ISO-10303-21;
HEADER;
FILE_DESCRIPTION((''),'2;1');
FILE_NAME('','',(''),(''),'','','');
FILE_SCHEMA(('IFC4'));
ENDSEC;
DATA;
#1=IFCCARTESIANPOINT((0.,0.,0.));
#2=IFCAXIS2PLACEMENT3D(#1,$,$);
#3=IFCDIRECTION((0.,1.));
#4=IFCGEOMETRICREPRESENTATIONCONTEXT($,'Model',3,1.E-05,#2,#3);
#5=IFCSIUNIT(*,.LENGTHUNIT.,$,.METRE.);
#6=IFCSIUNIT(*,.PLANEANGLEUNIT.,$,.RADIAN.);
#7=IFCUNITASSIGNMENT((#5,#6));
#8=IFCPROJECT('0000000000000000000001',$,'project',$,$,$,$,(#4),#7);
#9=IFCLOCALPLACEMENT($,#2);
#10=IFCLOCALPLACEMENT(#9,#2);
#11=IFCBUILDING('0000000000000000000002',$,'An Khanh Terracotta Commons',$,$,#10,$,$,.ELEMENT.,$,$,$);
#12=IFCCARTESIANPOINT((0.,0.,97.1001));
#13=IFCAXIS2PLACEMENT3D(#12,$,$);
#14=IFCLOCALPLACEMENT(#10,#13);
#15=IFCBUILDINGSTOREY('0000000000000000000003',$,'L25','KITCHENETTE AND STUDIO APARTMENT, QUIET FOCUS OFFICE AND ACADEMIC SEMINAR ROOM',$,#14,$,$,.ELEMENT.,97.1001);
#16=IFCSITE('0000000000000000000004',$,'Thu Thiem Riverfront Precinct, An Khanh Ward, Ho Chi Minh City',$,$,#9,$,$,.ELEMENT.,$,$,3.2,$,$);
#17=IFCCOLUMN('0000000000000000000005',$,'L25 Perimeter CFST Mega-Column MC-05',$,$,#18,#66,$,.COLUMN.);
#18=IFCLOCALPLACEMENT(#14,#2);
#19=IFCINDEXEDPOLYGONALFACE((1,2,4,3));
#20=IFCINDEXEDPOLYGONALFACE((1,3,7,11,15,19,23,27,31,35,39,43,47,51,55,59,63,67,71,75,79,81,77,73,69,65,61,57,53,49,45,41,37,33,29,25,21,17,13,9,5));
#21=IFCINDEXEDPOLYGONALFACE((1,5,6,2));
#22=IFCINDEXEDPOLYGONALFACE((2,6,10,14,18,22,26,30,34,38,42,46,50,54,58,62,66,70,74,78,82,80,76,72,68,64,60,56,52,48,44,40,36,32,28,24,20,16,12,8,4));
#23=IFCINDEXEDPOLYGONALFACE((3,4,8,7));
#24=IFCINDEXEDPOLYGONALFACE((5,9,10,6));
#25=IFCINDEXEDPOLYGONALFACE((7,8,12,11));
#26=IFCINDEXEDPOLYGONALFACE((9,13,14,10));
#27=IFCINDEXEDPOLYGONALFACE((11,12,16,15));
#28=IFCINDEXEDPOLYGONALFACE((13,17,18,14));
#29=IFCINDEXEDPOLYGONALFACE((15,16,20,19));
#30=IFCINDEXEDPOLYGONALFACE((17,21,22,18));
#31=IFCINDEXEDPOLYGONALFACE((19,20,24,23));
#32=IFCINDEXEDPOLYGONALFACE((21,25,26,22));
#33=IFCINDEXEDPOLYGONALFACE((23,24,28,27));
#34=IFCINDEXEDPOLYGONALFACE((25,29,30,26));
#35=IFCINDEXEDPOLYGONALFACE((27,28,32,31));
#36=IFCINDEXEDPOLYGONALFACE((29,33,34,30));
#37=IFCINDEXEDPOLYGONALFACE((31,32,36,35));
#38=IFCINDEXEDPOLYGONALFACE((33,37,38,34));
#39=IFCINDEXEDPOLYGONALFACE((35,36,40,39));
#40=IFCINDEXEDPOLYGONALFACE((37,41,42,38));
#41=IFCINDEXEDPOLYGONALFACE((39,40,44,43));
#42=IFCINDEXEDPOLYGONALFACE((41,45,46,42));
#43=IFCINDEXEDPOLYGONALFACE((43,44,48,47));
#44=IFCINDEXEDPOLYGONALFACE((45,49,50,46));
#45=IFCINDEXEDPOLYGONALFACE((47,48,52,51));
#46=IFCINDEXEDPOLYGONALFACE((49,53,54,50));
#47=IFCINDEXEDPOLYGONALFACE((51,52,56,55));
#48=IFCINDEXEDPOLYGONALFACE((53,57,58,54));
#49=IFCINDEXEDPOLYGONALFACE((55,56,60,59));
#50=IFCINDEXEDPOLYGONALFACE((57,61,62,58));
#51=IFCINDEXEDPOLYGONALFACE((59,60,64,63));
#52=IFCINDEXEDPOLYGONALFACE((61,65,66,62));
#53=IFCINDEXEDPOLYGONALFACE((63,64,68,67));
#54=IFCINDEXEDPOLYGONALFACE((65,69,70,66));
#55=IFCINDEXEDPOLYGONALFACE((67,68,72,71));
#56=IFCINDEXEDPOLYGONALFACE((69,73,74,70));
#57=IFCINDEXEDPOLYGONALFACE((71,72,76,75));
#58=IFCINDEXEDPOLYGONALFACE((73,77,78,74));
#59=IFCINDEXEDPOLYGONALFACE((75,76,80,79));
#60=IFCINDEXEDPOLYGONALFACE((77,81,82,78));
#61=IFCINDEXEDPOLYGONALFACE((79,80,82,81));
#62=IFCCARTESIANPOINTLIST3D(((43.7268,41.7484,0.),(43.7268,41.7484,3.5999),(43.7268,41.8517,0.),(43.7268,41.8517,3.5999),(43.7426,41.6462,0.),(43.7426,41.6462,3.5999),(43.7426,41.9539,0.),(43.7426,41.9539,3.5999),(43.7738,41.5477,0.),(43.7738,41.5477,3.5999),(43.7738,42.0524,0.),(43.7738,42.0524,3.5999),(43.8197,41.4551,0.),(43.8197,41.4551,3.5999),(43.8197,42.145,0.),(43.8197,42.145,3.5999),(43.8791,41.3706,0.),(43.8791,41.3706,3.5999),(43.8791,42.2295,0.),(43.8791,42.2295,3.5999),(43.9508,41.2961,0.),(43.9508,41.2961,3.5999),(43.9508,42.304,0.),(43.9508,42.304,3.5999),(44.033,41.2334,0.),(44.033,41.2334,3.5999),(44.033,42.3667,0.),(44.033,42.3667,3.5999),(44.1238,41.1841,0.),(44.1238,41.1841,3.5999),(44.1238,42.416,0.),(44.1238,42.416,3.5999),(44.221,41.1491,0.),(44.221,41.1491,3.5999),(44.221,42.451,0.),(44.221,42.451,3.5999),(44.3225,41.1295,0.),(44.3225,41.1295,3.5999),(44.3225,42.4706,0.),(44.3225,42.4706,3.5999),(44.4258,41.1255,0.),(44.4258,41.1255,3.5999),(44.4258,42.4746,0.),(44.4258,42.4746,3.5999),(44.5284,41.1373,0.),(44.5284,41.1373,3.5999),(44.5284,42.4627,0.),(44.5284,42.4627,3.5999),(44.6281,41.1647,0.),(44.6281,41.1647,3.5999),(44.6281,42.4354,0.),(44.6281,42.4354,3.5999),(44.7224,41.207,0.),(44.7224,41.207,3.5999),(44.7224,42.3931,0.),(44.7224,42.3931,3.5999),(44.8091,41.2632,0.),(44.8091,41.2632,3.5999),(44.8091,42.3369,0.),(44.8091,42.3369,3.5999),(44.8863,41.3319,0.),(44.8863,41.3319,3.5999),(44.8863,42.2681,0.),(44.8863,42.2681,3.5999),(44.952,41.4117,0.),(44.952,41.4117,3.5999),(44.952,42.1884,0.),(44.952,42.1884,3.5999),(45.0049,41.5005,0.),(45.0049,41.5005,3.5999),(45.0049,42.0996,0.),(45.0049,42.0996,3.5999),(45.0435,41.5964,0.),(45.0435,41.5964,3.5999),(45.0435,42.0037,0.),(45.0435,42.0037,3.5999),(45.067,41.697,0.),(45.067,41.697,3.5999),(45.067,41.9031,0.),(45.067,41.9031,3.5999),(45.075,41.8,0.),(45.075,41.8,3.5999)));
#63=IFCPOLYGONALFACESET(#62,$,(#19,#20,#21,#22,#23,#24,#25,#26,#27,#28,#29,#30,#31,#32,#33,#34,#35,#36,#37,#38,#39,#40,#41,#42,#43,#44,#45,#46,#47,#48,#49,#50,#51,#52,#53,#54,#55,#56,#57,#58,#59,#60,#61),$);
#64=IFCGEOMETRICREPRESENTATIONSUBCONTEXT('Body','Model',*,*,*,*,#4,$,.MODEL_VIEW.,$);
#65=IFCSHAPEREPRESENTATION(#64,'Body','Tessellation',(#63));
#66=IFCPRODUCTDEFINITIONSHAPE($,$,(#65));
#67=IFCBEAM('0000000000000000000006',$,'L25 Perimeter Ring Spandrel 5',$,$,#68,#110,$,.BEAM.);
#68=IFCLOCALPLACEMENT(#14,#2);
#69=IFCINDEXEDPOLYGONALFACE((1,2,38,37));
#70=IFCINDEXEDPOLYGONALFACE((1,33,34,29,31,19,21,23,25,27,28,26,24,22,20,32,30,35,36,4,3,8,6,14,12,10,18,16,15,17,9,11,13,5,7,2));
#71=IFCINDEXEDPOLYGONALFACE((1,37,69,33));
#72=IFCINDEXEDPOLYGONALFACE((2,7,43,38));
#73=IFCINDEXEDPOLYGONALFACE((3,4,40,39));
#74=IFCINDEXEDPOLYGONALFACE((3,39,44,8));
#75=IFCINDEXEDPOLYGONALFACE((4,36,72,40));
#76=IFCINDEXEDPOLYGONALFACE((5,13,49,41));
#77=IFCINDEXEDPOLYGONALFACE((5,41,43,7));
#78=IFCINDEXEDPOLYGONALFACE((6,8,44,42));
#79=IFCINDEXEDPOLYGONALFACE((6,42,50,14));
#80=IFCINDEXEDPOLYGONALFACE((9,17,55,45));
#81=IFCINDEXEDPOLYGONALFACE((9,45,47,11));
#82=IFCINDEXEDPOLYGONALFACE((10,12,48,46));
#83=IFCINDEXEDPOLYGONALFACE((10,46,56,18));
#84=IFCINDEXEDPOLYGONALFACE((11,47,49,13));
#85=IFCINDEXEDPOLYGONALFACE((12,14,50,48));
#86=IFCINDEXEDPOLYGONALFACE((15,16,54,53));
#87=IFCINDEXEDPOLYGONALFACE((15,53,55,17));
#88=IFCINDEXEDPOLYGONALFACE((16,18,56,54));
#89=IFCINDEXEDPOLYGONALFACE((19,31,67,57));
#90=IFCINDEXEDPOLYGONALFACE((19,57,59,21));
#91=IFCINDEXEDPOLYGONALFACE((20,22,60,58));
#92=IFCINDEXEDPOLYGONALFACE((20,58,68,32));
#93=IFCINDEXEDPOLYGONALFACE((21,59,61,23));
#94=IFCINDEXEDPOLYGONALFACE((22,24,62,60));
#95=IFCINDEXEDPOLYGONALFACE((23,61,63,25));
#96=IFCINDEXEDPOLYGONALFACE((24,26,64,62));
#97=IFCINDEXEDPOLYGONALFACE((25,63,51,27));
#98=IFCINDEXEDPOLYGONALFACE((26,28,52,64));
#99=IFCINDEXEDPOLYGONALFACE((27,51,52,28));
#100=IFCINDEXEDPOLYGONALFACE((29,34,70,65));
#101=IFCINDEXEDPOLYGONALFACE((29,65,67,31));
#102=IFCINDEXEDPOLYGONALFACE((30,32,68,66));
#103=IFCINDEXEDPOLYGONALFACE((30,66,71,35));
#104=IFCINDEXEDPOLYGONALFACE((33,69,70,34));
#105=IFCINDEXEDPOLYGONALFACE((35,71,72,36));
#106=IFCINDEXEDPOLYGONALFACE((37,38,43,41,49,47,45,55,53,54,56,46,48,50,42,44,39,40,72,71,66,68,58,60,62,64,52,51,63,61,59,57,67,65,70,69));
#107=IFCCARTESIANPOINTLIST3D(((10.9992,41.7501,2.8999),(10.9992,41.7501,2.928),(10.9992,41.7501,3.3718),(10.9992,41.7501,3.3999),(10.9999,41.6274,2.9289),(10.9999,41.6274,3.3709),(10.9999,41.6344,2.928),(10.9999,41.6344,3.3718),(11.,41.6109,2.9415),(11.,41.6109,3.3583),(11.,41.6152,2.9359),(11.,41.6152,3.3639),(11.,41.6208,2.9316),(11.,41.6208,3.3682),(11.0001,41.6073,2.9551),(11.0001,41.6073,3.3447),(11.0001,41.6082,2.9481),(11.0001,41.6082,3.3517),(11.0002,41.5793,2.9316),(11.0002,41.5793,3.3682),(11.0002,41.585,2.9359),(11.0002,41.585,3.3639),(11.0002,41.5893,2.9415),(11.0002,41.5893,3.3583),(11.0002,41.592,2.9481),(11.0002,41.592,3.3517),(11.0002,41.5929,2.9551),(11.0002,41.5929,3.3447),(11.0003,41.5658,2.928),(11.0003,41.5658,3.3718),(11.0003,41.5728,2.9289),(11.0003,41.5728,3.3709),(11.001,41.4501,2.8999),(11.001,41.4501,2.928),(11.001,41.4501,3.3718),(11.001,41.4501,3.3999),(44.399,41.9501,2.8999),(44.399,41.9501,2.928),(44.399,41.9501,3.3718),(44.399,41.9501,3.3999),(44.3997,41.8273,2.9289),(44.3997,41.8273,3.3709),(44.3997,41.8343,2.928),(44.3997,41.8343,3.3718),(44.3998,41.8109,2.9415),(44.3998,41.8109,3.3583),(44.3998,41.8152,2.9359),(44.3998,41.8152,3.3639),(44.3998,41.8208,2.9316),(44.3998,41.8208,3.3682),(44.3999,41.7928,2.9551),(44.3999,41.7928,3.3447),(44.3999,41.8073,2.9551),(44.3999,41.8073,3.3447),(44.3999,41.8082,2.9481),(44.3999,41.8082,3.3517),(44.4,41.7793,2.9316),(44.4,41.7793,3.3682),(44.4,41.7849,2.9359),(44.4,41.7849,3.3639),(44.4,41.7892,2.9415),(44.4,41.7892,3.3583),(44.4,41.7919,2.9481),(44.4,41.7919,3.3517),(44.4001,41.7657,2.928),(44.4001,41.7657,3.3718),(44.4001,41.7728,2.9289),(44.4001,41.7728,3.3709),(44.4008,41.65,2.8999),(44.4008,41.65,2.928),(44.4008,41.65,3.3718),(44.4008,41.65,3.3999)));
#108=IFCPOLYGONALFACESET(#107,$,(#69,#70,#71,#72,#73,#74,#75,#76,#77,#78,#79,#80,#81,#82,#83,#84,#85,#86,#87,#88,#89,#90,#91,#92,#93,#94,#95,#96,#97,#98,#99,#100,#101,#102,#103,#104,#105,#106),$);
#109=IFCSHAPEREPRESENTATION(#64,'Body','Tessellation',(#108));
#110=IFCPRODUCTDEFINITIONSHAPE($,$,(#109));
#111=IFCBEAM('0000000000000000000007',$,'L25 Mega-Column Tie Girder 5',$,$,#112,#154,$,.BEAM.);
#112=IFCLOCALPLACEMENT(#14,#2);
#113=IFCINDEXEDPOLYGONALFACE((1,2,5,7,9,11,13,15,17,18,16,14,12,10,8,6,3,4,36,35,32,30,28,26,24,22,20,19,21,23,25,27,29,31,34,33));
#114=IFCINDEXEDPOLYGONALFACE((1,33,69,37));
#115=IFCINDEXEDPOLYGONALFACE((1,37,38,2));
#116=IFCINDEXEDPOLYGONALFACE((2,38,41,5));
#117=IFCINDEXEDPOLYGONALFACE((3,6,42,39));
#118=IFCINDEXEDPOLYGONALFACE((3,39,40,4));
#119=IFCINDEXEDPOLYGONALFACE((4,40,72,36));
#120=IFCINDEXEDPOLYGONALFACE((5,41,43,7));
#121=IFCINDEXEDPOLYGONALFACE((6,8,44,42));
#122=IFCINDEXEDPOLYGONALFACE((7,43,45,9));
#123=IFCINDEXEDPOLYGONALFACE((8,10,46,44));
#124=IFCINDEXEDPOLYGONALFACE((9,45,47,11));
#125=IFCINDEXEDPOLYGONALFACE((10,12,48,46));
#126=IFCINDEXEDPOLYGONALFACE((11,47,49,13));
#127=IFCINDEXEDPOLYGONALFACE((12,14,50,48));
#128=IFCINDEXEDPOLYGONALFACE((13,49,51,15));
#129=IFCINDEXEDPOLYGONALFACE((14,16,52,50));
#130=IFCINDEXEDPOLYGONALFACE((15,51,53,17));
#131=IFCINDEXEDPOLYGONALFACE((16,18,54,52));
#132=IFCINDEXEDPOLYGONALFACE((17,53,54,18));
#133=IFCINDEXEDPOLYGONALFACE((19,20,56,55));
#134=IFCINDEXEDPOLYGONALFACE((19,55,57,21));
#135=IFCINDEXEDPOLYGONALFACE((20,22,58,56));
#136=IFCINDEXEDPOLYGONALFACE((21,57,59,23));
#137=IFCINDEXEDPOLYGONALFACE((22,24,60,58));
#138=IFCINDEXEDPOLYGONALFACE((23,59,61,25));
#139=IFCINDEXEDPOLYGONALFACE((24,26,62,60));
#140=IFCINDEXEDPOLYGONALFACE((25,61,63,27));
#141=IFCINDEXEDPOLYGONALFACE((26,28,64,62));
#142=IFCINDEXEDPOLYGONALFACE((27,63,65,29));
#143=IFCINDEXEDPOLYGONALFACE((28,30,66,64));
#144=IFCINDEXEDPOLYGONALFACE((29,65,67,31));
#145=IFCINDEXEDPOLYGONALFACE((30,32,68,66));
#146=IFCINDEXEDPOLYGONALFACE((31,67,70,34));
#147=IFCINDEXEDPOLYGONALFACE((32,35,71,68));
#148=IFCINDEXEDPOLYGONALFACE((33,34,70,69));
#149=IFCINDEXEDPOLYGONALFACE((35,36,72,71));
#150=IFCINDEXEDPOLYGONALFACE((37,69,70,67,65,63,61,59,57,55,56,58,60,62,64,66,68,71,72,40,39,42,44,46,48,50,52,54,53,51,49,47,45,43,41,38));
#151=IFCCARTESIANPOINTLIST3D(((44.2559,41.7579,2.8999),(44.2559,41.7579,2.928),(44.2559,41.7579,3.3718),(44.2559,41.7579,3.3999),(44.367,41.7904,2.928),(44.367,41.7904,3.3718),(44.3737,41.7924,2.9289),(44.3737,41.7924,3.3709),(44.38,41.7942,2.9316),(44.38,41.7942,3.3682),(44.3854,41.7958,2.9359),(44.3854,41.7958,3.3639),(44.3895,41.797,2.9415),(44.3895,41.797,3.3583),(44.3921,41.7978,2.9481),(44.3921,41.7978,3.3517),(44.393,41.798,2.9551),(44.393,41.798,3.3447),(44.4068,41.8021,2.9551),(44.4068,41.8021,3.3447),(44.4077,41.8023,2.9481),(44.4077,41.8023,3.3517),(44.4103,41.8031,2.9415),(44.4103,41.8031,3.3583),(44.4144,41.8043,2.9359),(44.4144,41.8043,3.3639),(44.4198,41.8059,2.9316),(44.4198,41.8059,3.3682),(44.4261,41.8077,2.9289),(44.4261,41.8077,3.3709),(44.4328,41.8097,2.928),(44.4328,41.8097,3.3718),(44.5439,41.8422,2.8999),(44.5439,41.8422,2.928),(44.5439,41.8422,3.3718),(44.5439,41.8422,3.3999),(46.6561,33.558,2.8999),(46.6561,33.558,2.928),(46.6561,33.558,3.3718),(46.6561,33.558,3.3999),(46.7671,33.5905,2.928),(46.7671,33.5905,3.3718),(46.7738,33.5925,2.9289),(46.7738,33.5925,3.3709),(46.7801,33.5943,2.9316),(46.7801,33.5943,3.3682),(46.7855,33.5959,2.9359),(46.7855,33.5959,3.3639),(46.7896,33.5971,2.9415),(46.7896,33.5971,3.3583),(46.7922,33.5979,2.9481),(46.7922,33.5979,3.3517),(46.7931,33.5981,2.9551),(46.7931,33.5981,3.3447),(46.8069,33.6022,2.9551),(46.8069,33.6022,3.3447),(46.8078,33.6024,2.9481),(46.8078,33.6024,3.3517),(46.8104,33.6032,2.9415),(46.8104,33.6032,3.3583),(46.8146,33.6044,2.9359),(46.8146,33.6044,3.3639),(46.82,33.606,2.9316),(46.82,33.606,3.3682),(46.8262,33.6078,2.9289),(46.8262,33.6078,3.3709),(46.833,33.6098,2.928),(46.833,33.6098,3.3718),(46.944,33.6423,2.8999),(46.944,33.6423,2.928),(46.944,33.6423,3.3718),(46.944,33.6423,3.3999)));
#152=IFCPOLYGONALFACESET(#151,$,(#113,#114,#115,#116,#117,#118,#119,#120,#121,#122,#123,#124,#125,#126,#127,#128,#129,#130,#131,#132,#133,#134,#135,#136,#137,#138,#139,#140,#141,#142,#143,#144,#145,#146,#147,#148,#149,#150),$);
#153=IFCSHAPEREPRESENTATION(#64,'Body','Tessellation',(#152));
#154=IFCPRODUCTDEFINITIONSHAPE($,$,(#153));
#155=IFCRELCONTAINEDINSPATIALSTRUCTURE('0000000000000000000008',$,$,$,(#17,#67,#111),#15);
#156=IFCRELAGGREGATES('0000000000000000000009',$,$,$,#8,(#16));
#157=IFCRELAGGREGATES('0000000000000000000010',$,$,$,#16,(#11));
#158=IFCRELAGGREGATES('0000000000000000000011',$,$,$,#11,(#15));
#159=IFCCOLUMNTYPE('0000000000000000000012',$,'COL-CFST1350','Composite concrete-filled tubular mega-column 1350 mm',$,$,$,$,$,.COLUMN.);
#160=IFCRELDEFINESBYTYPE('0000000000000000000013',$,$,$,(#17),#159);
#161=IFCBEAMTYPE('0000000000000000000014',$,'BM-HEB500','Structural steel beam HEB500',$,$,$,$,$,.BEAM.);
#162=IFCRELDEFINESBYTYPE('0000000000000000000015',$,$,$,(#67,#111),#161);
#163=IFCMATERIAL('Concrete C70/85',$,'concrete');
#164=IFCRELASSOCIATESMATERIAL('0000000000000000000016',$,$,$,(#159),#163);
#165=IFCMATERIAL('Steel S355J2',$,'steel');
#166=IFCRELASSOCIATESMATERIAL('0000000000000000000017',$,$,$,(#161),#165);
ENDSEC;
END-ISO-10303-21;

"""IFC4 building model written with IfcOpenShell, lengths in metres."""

from ifc_helpers import new_model, si_unit, direction, frame, origin, origin_2d, place, context, subcontext, project, spatial, circle, i_section, extrude, material, material_profile, profile_set, type_object, element, save


model = new_model("IFC4")

# Units and contexts
model_context = context("Model", 3, precision=1e-05, world=origin(), true_north=direction((0.0, 1.0)))
body_context = subcontext(model_context, "Body", "Model", "MODEL_VIEW")
ifc_project = project(units=[si_unit("LENGTHUNIT", "METRE"), si_unit("PLANEANGLEUNIT", "RADIAN")], contexts=[model_context])

# Site, building, storey
site_placement = place(None, origin())
site = spatial("IfcSite", under=ifc_project, at=site_placement, Name="Thu Thiem Riverfront Precinct, An Khanh Ward, Ho Chi Minh City", CompositionType="ELEMENT", RefElevation=3.2)
building_placement = place(site_placement, origin())
building = spatial("IfcBuilding", under=site, at=building_placement, Name="An Khanh Terracotta Commons", CompositionType="ELEMENT")
storey_placement = place(building_placement, frame((0.0, 0.0, 97.1001)))
storey = spatial("IfcBuildingStorey", under=building, at=storey_placement, Name="L25", Description="KITCHENETTE AND STUDIO APARTMENT, QUIET FOCUS OFFICE AND ACADEMIC SEMINAR ROOM", CompositionType="ELEMENT", Elevation=97.1001)

# Column
ifc_material_1 = material(Name="Concrete C70/85", Category="concrete")
ifc_material_profile_1 = material_profile(ifc_material_1, circle(Radius=0.675, at=origin_2d()), Name="CFST1350")
ifc_profile_set_1 = profile_set([ifc_material_profile_1], Name="Concrete C70/85")
column_type = type_object("IfcColumnType", Name="COL-CFST1350", Description="Composite concrete-filled tubular mega-column 1350 mm", PredefinedType="COLUMN", material=ifc_profile_set_1)
column_placement = place(storey_placement, frame((44.3999, 41.8, 0.0), z_axis=(0.0, 0.0, 1.0), x_axis=(1.0, 0.0, 0.0)))
element("IfcColumn", 1, at=column_placement, inside=storey, type_object=column_type, Name="L25 Perimeter CFST Mega-Column MC-05", PredefinedType="COLUMN", context=body_context, shape_type="SweptSolid", body=[
    extrude(circle(Radius=0.675, at=origin_2d()), origin(), (0.0, 0.0, 1.0), 3.5999),
])

# Beams
ifc_material_2 = material(Name="Steel S355J2", Category="steel")
ifc_material_profile_2 = material_profile(ifc_material_2, i_section(OverallWidth=0.3, OverallDepth=0.5, WebThickness=0.0144, FlangeThickness=0.0281, FilletRadius=0.0271, at=origin_2d()), Name="HEB500")
ifc_profile_set_2 = profile_set([ifc_material_profile_2], Name="Steel S355J2")
beam_type = type_object("IfcBeamType", Name="BM-HEB500", Description="Structural steel beam HEB500", PredefinedType="BEAM", material=ifc_profile_set_2)
beam_1_placement = place(storey_placement, frame((44.3999, 41.8, 3.1499), z_axis=(-0.999982, -0.005986, 0.0), x_axis=(0.005986, -0.999982, 0.0)))
element("IfcBeam", 2, at=beam_1_placement, inside=storey, type_object=beam_type, Name="L25 Perimeter Ring Spandrel 5", PredefinedType="BEAM", context=body_context, shape_type="SweptSolid", body=[
    extrude(i_section(OverallWidth=0.3, OverallDepth=0.5, WebThickness=0.0144, FlangeThickness=0.0281, FilletRadius=0.0271, at=origin_2d()), origin(), (0.0, 0.0, 1.0), 33.4004),
])
beam_2_placement = place(storey_placement, frame((44.3999, 41.8, 3.1499), z_axis=(0.280916, -0.959732, 0.0), x_axis=(0.959732, 0.280916, 0.0)))
element("IfcBeam", 3, at=beam_2_placement, inside=storey, type_object=beam_type, Name="L25 Mega-Column Tie Girder 5", PredefinedType="BEAM", context=body_context, shape_type="SweptSolid", body=[
    extrude(i_section(OverallWidth=0.3, OverallDepth=0.5, WebThickness=0.0144, FlangeThickness=0.0281, FilletRadius=0.0271, at=origin_2d()), origin(), (0.0, 0.0, 1.0), 8.5439),
])

save(model, "model.ifc")
